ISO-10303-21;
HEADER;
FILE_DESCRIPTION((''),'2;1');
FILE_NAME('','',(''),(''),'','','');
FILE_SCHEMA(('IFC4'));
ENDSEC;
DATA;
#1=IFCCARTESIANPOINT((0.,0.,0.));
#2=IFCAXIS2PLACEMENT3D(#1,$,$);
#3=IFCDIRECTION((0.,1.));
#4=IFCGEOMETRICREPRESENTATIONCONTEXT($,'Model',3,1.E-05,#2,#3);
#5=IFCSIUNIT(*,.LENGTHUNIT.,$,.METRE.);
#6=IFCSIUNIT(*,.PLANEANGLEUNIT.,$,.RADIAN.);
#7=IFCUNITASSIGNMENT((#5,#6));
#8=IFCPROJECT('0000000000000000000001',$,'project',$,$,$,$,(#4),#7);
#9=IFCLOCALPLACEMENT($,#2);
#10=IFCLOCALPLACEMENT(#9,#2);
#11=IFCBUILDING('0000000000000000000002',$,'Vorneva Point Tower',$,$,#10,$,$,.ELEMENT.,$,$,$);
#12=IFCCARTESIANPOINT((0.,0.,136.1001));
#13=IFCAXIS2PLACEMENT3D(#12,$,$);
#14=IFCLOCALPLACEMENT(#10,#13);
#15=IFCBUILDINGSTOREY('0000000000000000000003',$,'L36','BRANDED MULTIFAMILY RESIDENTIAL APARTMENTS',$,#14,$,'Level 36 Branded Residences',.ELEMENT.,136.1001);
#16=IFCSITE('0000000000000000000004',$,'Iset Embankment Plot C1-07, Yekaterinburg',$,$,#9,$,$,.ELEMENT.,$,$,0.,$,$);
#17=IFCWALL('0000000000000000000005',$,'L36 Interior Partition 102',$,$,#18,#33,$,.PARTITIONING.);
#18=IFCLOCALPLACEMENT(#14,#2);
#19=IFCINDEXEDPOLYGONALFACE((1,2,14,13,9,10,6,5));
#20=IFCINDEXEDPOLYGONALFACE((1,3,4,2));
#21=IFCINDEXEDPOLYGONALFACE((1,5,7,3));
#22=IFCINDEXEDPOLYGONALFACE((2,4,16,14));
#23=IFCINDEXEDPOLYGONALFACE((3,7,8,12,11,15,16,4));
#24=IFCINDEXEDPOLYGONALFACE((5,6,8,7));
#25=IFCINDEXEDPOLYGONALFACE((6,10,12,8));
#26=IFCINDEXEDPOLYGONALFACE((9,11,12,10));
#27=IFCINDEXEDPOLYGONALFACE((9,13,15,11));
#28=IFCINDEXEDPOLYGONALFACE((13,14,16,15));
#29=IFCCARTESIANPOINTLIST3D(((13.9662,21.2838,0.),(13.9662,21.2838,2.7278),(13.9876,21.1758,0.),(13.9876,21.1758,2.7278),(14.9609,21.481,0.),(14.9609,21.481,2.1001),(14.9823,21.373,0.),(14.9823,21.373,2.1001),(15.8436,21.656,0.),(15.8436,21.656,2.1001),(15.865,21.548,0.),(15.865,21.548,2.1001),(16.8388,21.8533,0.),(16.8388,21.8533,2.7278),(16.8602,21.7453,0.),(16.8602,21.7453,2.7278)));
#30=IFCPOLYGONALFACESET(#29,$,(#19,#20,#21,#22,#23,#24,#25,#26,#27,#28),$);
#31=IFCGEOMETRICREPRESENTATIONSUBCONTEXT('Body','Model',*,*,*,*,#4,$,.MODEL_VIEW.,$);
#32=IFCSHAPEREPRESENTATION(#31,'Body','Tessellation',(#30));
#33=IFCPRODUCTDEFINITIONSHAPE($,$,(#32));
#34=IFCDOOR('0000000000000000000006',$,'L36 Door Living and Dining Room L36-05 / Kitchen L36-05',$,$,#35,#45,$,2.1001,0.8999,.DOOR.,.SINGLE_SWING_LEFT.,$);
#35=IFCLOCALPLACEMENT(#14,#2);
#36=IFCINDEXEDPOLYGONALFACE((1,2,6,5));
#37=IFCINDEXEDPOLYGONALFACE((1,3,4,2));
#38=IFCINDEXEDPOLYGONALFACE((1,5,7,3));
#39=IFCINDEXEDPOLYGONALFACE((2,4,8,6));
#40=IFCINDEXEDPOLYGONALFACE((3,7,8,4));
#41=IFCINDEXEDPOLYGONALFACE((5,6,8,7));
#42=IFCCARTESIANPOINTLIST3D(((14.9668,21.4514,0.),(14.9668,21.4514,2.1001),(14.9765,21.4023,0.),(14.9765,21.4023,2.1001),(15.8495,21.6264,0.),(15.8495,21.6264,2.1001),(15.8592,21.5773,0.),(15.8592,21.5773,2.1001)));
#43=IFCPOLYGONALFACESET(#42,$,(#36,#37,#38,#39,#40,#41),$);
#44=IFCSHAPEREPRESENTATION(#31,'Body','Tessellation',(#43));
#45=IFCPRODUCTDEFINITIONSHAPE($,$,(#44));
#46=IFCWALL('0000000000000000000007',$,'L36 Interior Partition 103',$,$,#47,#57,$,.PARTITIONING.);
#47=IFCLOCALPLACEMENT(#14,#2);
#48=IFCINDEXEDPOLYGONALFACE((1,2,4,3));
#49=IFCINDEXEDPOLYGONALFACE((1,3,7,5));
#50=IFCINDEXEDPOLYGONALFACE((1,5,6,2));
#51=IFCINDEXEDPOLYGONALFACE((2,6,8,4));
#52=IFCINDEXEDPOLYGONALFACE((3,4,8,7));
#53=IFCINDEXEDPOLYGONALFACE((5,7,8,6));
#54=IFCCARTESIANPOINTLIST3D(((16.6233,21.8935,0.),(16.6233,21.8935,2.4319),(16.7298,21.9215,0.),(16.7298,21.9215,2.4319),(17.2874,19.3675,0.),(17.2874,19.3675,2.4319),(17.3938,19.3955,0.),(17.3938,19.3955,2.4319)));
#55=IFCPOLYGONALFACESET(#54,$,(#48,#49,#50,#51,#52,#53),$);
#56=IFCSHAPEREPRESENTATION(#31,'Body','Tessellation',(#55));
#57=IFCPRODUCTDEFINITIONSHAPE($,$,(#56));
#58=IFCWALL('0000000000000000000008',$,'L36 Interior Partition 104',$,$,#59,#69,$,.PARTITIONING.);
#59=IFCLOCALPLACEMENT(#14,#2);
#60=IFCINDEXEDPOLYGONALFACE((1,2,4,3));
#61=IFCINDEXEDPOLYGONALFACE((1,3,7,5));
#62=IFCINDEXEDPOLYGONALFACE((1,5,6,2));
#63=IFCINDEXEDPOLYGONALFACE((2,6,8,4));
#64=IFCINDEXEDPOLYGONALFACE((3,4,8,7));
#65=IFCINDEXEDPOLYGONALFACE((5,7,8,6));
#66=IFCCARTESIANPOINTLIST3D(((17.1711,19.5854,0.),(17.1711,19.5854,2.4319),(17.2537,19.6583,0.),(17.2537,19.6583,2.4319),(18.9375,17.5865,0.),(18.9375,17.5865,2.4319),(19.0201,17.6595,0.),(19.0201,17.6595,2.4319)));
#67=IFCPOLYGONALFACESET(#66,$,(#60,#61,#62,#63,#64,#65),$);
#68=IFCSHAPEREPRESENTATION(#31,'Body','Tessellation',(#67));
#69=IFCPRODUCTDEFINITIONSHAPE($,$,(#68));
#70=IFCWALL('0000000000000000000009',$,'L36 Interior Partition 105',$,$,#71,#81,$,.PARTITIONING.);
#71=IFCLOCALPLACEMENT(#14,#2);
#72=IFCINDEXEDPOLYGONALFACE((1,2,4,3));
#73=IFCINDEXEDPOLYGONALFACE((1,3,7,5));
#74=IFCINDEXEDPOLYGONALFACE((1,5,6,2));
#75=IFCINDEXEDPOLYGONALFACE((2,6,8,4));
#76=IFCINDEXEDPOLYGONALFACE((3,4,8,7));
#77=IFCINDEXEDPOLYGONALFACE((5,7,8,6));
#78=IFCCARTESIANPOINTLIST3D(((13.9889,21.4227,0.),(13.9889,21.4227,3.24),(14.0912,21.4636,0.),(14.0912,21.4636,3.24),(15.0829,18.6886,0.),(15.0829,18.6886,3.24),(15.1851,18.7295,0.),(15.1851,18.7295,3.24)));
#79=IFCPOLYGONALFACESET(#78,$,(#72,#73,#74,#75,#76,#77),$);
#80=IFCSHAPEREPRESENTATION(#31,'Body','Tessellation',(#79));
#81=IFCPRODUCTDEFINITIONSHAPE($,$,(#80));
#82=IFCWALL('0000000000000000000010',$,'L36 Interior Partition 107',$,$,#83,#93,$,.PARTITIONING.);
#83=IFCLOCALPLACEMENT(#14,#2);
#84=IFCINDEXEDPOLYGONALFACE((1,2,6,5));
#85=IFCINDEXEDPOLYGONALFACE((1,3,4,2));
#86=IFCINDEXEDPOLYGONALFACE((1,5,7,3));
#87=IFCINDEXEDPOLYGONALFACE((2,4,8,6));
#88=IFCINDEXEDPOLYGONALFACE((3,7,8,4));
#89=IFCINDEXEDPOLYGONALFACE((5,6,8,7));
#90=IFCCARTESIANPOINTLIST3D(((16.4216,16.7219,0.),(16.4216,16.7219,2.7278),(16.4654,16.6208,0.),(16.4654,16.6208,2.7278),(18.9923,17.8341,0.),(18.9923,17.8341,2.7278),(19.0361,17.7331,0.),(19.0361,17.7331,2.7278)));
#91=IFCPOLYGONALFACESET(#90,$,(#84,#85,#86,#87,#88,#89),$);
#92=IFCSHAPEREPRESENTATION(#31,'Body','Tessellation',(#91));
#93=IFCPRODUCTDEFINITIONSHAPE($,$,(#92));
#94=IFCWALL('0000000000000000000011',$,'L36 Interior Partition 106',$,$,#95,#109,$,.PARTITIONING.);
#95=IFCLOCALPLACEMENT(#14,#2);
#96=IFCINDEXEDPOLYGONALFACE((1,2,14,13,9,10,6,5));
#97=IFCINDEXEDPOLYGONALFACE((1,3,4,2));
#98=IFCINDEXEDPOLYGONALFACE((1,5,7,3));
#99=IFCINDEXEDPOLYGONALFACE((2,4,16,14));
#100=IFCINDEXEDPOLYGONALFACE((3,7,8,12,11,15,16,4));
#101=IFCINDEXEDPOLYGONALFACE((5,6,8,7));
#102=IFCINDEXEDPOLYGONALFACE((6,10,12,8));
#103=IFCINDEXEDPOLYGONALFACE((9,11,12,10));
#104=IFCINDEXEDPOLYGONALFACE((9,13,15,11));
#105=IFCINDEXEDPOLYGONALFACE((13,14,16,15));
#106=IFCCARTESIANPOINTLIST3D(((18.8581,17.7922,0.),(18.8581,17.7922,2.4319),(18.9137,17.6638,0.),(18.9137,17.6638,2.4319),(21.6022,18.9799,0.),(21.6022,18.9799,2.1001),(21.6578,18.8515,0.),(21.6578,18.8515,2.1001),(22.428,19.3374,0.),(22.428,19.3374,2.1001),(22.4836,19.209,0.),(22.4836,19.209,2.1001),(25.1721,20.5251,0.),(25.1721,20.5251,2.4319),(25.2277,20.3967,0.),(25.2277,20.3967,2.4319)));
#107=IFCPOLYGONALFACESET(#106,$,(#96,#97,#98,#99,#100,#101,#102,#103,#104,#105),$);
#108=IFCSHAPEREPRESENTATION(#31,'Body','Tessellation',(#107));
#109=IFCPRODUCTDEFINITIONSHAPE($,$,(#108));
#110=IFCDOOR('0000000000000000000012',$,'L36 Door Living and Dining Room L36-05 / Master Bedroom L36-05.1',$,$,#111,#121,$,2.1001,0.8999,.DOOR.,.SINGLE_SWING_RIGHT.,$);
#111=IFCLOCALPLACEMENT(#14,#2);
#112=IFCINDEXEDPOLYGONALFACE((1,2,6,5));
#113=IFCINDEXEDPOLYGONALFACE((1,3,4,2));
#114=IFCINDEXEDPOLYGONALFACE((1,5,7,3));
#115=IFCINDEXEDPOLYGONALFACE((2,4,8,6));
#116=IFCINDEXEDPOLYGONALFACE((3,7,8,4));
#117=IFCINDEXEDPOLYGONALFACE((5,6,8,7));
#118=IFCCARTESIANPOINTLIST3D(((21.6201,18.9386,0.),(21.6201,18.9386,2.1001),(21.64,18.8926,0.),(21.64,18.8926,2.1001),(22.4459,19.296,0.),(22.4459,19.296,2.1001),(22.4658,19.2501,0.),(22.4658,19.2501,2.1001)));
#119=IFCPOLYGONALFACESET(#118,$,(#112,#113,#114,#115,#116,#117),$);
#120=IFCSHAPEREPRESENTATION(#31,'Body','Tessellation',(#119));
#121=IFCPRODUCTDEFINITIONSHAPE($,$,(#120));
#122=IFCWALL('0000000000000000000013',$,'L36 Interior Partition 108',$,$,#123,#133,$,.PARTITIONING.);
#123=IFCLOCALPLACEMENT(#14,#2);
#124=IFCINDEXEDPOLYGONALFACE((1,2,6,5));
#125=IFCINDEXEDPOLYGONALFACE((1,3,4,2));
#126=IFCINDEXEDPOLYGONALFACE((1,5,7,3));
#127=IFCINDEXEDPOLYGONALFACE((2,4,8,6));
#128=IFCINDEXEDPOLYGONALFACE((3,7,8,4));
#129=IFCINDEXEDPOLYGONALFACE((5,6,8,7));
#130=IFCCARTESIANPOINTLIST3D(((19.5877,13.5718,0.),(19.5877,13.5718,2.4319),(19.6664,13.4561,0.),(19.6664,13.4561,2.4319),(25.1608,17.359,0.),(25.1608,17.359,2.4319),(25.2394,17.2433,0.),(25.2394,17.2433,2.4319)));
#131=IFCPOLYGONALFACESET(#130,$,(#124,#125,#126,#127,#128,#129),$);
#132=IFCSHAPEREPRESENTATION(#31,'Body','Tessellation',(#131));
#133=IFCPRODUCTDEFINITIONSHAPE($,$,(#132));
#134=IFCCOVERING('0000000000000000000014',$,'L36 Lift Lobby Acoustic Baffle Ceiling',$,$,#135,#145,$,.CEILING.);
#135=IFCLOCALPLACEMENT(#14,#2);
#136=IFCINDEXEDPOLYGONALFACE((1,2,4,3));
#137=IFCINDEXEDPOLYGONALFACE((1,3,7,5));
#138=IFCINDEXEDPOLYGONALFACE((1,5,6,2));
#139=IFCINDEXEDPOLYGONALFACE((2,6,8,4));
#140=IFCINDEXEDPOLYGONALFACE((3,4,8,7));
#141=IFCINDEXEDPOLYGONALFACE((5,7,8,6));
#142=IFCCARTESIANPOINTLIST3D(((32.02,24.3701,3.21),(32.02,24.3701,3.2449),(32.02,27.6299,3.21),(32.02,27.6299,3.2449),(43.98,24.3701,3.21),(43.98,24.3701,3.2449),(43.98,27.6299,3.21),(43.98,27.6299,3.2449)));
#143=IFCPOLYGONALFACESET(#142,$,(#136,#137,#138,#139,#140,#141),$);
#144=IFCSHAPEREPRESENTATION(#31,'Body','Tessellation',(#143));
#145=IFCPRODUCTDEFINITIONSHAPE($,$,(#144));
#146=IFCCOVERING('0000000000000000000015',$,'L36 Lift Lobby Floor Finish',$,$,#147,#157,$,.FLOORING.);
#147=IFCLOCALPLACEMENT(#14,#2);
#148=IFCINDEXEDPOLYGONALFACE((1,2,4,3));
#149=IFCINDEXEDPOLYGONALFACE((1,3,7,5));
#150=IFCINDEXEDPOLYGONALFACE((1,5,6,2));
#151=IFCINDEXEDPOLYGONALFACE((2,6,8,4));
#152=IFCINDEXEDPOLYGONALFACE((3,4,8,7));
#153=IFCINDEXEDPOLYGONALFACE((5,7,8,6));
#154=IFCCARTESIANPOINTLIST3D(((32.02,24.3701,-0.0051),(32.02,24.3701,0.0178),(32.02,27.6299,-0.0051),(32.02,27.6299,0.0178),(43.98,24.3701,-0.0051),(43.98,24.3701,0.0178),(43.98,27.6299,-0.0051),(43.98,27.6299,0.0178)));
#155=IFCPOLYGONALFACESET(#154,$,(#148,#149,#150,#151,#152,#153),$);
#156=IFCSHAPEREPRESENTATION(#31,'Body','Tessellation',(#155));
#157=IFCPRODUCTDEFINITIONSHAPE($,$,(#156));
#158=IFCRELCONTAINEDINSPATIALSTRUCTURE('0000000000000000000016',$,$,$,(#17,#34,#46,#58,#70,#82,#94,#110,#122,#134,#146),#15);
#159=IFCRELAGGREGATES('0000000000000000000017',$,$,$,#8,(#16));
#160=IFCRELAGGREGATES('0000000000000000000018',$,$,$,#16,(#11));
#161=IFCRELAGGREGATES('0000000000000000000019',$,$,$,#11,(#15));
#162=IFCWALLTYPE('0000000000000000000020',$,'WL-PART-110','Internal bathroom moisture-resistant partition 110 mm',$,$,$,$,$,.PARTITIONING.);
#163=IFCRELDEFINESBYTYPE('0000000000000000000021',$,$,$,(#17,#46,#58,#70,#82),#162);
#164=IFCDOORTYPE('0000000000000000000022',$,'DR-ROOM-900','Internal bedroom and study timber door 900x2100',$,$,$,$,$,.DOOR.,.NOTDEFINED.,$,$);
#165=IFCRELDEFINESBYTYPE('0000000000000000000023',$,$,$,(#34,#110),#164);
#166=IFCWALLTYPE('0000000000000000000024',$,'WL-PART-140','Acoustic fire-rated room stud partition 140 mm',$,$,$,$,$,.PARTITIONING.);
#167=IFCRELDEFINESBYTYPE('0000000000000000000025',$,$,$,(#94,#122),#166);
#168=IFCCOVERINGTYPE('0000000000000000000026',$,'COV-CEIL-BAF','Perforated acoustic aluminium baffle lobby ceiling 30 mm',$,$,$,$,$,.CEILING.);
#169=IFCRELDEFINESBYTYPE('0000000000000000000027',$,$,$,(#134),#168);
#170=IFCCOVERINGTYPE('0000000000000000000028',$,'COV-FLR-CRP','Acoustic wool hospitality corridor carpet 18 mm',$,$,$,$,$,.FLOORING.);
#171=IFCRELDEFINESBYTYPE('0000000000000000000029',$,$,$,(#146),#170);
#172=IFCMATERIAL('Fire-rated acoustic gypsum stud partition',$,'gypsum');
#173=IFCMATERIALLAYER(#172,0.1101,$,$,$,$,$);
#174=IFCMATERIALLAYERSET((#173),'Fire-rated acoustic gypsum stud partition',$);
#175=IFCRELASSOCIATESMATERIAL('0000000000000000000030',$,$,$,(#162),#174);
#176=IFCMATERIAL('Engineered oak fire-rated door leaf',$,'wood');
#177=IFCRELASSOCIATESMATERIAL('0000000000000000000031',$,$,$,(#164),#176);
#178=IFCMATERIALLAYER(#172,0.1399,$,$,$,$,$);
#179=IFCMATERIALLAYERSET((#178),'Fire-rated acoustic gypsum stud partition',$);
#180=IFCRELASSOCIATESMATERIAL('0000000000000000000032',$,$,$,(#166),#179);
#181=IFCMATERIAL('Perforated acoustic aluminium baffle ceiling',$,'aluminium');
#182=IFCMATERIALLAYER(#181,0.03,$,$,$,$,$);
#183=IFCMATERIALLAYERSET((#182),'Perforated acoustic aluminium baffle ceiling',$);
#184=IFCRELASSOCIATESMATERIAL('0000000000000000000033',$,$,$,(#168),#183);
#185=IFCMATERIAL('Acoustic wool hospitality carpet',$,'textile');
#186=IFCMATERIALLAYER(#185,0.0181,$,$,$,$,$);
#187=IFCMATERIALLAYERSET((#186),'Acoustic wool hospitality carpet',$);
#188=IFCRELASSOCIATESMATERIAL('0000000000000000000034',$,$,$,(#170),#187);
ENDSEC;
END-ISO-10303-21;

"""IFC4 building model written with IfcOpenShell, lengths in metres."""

from ifc_helpers import new_model, si_unit, direction, frame, frame_2d, origin, place, context, subcontext, project, spatial, polyline, rectangle, outline, extrude, material, layer, layer_set, type_object, element, fill, save


model = new_model("IFC4")

# Units and contexts
model_context = context("Model", 3, precision=1e-05, world=origin(), true_north=direction((0.0, 1.0)))
body_context = subcontext(model_context, "Body", "Model", "MODEL_VIEW")
ifc_project = project(units=[si_unit("LENGTHUNIT", "METRE"), si_unit("PLANEANGLEUNIT", "RADIAN")], contexts=[model_context])

# Site, building, storey
site_placement = place(None, origin())
site = spatial("IfcSite", under=ifc_project, at=site_placement, Name="Iset Embankment Plot C1-07, Yekaterinburg", CompositionType="ELEMENT", RefElevation=0.0)
building_placement = place(site_placement, origin())
building = spatial("IfcBuilding", under=site, at=building_placement, Name="Vorneva Point Tower", CompositionType="ELEMENT")
storey_placement = place(building_placement, frame((0.0, 0.0, 136.1001)))
storey = spatial("IfcBuildingStorey", under=building, at=storey_placement, Name="L36", Description="BRANDED MULTIFAMILY RESIDENTIAL APARTMENTS", LongName="Level 36 Branded Residences", CompositionType="ELEMENT", Elevation=136.1001)

# Shared definitions
ifc_material_1 = material(Name="Fire-rated acoustic gypsum stud partition", Category="gypsum")
ifc_layer_1 = layer(ifc_material_1, 0.1101)
ifc_layer_set_1 = layer_set([ifc_layer_1], Name="Fire-rated acoustic gypsum stud partition")
wall_type_1 = type_object("IfcWallType", Name="WL-PART-110", Description="Internal bathroom moisture-resistant partition 110 mm", PredefinedType="PARTITIONING", material=ifc_layer_set_1)

# Wall, opening, door
wall_1_placement = place(storey_placement, frame((13.9768, 21.2297, 0.0), z_axis=(0.0, 0.0, 1.0), x_axis=(0.980903, 0.194497, 0.0)))
wall_1 = element("IfcWall", 1, at=wall_1_placement, inside=storey, type_object=wall_type_1, Name="L36 Interior Partition 102", PredefinedType="PARTITIONING", context=body_context, shape_type="SweptSolid", body=[
    extrude(rectangle(XDim=2.9285, YDim=0.1101, at=frame_2d((1.4644, 0.0))), origin(), (0.0, 0.0, 1.0), 2.7278),
])
opening_1_placement = place(wall_1_placement, frame((1.0142, 0.0, 0.0)))
opening_1 = element("IfcOpeningElement", 2, at=opening_1_placement, cuts=wall_1, PredefinedType="OPENING", context=body_context, shape_type="SweptSolid", body=[
    extrude(rectangle(XDim=0.8999, YDim=2.1001, at=frame_2d((0.45, 1.05))), frame((0.0, 0.0698, 0.0), z_axis=(0.0, -1.0, 0.0), x_axis=(1.0, 0.0, 0.0)), (0.0, 0.0, 1.0), 0.1399),
])
ifc_material_2 = material(Name="Engineered oak fire-rated door leaf", Category="wood")
door_type = type_object("IfcDoorType", Name="DR-ROOM-900", Description="Internal bedroom and study timber door 900x2100", OperationType="NOTDEFINED", PredefinedType="DOOR", material=ifc_material_2)
door_1_placement = place(opening_1_placement, origin())
door_1 = element("IfcDoor", 3, at=door_1_placement, inside=storey, type_object=door_type, Name="L36 Door Living and Dining Room L36-05 / Kitchen L36-05", OperationType="SINGLE_SWING_LEFT", OverallHeight=2.1001, OverallWidth=0.8999, PredefinedType="DOOR", context=body_context, shape_type="SweptSolid", body=[
    extrude(rectangle(XDim=0.8999, YDim=2.1001, at=frame_2d((0.45, 1.05))), frame((0.0, 0.0249, 0.0), z_axis=(0.0, -1.0, 0.0), x_axis=(1.0, 0.0, 0.0)), (0.0, 0.0, 1.0), 0.05),
])
fill(opening_1, door_1)

# Walls
wall_2_placement = place(storey_placement, frame((16.6765, 21.9075, 0.0), z_axis=(0.0, 0.0, 1.0), x_axis=(0.254263, -0.967135, 0.0)))
element("IfcWall", 4, at=wall_2_placement, inside=storey, type_object=wall_type_1, Name="L36 Interior Partition 103", PredefinedType="PARTITIONING", context=body_context, shape_type="SweptSolid", body=[
    extrude(rectangle(XDim=2.6118, YDim=0.1101, at=frame_2d((1.3059, 0.0))), origin(), (0.0, 0.0, 1.0), 2.4319),
])
wall_3_placement = place(storey_placement, frame((17.2124, 19.6218, 0.0), z_axis=(0.0, 0.0, 1.0), x_axis=(0.662197, -0.74933, 0.0)))
element("IfcWall", 5, at=wall_3_placement, inside=storey, type_object=wall_type_1, Name="L36 Interior Partition 104", PredefinedType="PARTITIONING", context=body_context, shape_type="SweptSolid", body=[
    extrude(rectangle(XDim=2.6675, YDim=0.1101, at=frame_2d((1.3337, 0.0))), origin(), (0.0, 0.0, 1.0), 2.4319),
])
wall_4_placement = place(storey_placement, frame((14.04, 21.4431, 0.0), z_axis=(0.0, 0.0, 1.0), x_axis=(0.371491, -0.928437, 0.0)))
element("IfcWall", 6, at=wall_4_placement, inside=storey, type_object=wall_type_1, Name="L36 Interior Partition 105", PredefinedType="PARTITIONING", context=body_context, shape_type="SweptSolid", body=[
    extrude(rectangle(XDim=2.9448, YDim=0.1101, at=frame_2d((1.4724, 0.0))), origin(), (0.0, 0.0, 1.0), 3.24),
])
wall_5_placement = place(storey_placement, frame((16.4436, 16.6714, 0.0), z_axis=(0.0, 0.0, 1.0), x_axis=(0.917778, 0.397094, 0.0)))
element("IfcWall", 7, at=wall_5_placement, inside=storey, type_object=wall_type_1, Name="L36 Interior Partition 107", PredefinedType="PARTITIONING", context=body_context, shape_type="SweptSolid", body=[
    extrude(rectangle(XDim=2.801, YDim=0.1101, at=frame_2d((1.4004, 0.0))), origin(), (0.0, 0.0, 1.0), 2.7278),
])

# Wall, opening, door
ifc_layer_2 = layer(ifc_material_1, 0.1399)
ifc_layer_set_2 = layer_set([ifc_layer_2], Name="Fire-rated acoustic gypsum stud partition")
wall_type_2 = type_object("IfcWallType", Name="WL-PART-140", Description="Acoustic fire-rated room stud partition 140 mm", PredefinedType="PARTITIONING", material=ifc_layer_set_2)
wall_6_placement = place(storey_placement, frame((18.886, 17.728, 0.0), z_axis=(0.0, 0.0, 1.0), x_axis=(0.917722, 0.397223, 0.0)))
wall_6 = element("IfcWall", 8, at=wall_6_placement, inside=storey, type_object=wall_type_2, Name="L36 Interior Partition 106", PredefinedType="PARTITIONING", context=body_context, shape_type="SweptSolid", body=[
    extrude(rectangle(XDim=6.8801, YDim=0.1399, at=frame_2d((3.4399, 0.0))), origin(), (0.0, 0.0, 1.0), 2.4319),
])
opening_2_placement = place(wall_6_placement, frame((2.99, 0.0, 0.0)))
opening_2 = element("IfcOpeningElement", 9, at=opening_2_placement, cuts=wall_6, PredefinedType="OPENING", context=body_context, shape_type="SweptSolid", body=[
    extrude(rectangle(XDim=0.8999, YDim=2.1001, at=frame_2d((0.45, 1.05))), frame((0.0, 0.085, 0.0), z_axis=(0.0, -1.0, 0.0), x_axis=(1.0, 0.0, 0.0)), (0.0, 0.0, 1.0), 0.1697),
])
door_2_placement = place(opening_2_placement, origin())
door_2 = element("IfcDoor", 10, at=door_2_placement, inside=storey, type_object=door_type, Name="L36 Door Living and Dining Room L36-05 / Master Bedroom L36-05.1", OperationType="SINGLE_SWING_RIGHT", OverallHeight=2.1001, OverallWidth=0.8999, PredefinedType="DOOR", context=body_context, shape_type="SweptSolid", body=[
    extrude(rectangle(XDim=0.8999, YDim=2.1001, at=frame_2d((0.45, 1.05))), frame((0.0, 0.0249, 0.0), z_axis=(0.0, -1.0, 0.0), x_axis=(1.0, 0.0, 0.0)), (0.0, 0.0, 1.0), 0.05),
])
fill(opening_2, door_2)

# Wall
wall_7_placement = place(storey_placement, frame((19.627, 13.5139, 0.0), z_axis=(0.0, 0.0, 1.0), x_axis=(0.827101, 0.562053, 0.0)))
element("IfcWall", 11, at=wall_7_placement, inside=storey, type_object=wall_type_2, Name="L36 Interior Partition 108", PredefinedType="PARTITIONING", context=body_context, shape_type="SweptSolid", body=[
    extrude(rectangle(XDim=6.738, YDim=0.1399, at=frame_2d((3.3691, 0.0))), origin(), (0.0, 0.0, 1.0), 2.4319),
])

# Coverings
ifc_material_3 = material(Name="Perforated acoustic aluminium baffle ceiling", Category="aluminium")
ifc_layer_3 = layer(ifc_material_3, 0.03)
ifc_layer_set_3 = layer_set([ifc_layer_3], Name="Perforated acoustic aluminium baffle ceiling")
covering_type_1 = type_object("IfcCoveringType", Name="COV-CEIL-BAF", Description="Perforated acoustic aluminium baffle lobby ceiling 30 mm", PredefinedType="CEILING", material=ifc_layer_set_3)
covering_1_placement = place(storey_placement, frame((0.0, 0.0, 3.21)))
element("IfcCovering", 12, at=covering_1_placement, inside=storey, type_object=covering_type_1, Name="L36 Lift Lobby Acoustic Baffle Ceiling", PredefinedType="CEILING", context=body_context, shape_type="SweptSolid", body=[
    extrude(outline(polyline([(32.02, 24.3701), (43.98, 24.3701), (43.98, 27.6299), (32.02, 27.6299), (32.02, 24.3701)])), origin(), (0.0, 0.0, 1.0), 0.0349),
])
ifc_material_4 = material(Name="Acoustic wool hospitality carpet", Category="textile")
ifc_layer_4 = layer(ifc_material_4, 0.0181)
ifc_layer_set_4 = layer_set([ifc_layer_4], Name="Acoustic wool hospitality carpet")
covering_type_2 = type_object("IfcCoveringType", Name="COV-FLR-CRP", Description="Acoustic wool hospitality corridor carpet 18 mm", PredefinedType="FLOORING", material=ifc_layer_set_4)
covering_2_placement = place(storey_placement, frame((0.0, 0.0, -0.0051)))
element("IfcCovering", 13, at=covering_2_placement, inside=storey, type_object=covering_type_2, Name="L36 Lift Lobby Floor Finish", PredefinedType="FLOORING", context=body_context, shape_type="SweptSolid", body=[
    extrude(outline(polyline([(32.02, 24.3701), (43.98, 24.3701), (43.98, 27.6299), (32.02, 27.6299), (32.02, 24.3701)])), origin(), (0.0, 0.0, 1.0), 0.0229),
])

save(model, "model.ifc")
